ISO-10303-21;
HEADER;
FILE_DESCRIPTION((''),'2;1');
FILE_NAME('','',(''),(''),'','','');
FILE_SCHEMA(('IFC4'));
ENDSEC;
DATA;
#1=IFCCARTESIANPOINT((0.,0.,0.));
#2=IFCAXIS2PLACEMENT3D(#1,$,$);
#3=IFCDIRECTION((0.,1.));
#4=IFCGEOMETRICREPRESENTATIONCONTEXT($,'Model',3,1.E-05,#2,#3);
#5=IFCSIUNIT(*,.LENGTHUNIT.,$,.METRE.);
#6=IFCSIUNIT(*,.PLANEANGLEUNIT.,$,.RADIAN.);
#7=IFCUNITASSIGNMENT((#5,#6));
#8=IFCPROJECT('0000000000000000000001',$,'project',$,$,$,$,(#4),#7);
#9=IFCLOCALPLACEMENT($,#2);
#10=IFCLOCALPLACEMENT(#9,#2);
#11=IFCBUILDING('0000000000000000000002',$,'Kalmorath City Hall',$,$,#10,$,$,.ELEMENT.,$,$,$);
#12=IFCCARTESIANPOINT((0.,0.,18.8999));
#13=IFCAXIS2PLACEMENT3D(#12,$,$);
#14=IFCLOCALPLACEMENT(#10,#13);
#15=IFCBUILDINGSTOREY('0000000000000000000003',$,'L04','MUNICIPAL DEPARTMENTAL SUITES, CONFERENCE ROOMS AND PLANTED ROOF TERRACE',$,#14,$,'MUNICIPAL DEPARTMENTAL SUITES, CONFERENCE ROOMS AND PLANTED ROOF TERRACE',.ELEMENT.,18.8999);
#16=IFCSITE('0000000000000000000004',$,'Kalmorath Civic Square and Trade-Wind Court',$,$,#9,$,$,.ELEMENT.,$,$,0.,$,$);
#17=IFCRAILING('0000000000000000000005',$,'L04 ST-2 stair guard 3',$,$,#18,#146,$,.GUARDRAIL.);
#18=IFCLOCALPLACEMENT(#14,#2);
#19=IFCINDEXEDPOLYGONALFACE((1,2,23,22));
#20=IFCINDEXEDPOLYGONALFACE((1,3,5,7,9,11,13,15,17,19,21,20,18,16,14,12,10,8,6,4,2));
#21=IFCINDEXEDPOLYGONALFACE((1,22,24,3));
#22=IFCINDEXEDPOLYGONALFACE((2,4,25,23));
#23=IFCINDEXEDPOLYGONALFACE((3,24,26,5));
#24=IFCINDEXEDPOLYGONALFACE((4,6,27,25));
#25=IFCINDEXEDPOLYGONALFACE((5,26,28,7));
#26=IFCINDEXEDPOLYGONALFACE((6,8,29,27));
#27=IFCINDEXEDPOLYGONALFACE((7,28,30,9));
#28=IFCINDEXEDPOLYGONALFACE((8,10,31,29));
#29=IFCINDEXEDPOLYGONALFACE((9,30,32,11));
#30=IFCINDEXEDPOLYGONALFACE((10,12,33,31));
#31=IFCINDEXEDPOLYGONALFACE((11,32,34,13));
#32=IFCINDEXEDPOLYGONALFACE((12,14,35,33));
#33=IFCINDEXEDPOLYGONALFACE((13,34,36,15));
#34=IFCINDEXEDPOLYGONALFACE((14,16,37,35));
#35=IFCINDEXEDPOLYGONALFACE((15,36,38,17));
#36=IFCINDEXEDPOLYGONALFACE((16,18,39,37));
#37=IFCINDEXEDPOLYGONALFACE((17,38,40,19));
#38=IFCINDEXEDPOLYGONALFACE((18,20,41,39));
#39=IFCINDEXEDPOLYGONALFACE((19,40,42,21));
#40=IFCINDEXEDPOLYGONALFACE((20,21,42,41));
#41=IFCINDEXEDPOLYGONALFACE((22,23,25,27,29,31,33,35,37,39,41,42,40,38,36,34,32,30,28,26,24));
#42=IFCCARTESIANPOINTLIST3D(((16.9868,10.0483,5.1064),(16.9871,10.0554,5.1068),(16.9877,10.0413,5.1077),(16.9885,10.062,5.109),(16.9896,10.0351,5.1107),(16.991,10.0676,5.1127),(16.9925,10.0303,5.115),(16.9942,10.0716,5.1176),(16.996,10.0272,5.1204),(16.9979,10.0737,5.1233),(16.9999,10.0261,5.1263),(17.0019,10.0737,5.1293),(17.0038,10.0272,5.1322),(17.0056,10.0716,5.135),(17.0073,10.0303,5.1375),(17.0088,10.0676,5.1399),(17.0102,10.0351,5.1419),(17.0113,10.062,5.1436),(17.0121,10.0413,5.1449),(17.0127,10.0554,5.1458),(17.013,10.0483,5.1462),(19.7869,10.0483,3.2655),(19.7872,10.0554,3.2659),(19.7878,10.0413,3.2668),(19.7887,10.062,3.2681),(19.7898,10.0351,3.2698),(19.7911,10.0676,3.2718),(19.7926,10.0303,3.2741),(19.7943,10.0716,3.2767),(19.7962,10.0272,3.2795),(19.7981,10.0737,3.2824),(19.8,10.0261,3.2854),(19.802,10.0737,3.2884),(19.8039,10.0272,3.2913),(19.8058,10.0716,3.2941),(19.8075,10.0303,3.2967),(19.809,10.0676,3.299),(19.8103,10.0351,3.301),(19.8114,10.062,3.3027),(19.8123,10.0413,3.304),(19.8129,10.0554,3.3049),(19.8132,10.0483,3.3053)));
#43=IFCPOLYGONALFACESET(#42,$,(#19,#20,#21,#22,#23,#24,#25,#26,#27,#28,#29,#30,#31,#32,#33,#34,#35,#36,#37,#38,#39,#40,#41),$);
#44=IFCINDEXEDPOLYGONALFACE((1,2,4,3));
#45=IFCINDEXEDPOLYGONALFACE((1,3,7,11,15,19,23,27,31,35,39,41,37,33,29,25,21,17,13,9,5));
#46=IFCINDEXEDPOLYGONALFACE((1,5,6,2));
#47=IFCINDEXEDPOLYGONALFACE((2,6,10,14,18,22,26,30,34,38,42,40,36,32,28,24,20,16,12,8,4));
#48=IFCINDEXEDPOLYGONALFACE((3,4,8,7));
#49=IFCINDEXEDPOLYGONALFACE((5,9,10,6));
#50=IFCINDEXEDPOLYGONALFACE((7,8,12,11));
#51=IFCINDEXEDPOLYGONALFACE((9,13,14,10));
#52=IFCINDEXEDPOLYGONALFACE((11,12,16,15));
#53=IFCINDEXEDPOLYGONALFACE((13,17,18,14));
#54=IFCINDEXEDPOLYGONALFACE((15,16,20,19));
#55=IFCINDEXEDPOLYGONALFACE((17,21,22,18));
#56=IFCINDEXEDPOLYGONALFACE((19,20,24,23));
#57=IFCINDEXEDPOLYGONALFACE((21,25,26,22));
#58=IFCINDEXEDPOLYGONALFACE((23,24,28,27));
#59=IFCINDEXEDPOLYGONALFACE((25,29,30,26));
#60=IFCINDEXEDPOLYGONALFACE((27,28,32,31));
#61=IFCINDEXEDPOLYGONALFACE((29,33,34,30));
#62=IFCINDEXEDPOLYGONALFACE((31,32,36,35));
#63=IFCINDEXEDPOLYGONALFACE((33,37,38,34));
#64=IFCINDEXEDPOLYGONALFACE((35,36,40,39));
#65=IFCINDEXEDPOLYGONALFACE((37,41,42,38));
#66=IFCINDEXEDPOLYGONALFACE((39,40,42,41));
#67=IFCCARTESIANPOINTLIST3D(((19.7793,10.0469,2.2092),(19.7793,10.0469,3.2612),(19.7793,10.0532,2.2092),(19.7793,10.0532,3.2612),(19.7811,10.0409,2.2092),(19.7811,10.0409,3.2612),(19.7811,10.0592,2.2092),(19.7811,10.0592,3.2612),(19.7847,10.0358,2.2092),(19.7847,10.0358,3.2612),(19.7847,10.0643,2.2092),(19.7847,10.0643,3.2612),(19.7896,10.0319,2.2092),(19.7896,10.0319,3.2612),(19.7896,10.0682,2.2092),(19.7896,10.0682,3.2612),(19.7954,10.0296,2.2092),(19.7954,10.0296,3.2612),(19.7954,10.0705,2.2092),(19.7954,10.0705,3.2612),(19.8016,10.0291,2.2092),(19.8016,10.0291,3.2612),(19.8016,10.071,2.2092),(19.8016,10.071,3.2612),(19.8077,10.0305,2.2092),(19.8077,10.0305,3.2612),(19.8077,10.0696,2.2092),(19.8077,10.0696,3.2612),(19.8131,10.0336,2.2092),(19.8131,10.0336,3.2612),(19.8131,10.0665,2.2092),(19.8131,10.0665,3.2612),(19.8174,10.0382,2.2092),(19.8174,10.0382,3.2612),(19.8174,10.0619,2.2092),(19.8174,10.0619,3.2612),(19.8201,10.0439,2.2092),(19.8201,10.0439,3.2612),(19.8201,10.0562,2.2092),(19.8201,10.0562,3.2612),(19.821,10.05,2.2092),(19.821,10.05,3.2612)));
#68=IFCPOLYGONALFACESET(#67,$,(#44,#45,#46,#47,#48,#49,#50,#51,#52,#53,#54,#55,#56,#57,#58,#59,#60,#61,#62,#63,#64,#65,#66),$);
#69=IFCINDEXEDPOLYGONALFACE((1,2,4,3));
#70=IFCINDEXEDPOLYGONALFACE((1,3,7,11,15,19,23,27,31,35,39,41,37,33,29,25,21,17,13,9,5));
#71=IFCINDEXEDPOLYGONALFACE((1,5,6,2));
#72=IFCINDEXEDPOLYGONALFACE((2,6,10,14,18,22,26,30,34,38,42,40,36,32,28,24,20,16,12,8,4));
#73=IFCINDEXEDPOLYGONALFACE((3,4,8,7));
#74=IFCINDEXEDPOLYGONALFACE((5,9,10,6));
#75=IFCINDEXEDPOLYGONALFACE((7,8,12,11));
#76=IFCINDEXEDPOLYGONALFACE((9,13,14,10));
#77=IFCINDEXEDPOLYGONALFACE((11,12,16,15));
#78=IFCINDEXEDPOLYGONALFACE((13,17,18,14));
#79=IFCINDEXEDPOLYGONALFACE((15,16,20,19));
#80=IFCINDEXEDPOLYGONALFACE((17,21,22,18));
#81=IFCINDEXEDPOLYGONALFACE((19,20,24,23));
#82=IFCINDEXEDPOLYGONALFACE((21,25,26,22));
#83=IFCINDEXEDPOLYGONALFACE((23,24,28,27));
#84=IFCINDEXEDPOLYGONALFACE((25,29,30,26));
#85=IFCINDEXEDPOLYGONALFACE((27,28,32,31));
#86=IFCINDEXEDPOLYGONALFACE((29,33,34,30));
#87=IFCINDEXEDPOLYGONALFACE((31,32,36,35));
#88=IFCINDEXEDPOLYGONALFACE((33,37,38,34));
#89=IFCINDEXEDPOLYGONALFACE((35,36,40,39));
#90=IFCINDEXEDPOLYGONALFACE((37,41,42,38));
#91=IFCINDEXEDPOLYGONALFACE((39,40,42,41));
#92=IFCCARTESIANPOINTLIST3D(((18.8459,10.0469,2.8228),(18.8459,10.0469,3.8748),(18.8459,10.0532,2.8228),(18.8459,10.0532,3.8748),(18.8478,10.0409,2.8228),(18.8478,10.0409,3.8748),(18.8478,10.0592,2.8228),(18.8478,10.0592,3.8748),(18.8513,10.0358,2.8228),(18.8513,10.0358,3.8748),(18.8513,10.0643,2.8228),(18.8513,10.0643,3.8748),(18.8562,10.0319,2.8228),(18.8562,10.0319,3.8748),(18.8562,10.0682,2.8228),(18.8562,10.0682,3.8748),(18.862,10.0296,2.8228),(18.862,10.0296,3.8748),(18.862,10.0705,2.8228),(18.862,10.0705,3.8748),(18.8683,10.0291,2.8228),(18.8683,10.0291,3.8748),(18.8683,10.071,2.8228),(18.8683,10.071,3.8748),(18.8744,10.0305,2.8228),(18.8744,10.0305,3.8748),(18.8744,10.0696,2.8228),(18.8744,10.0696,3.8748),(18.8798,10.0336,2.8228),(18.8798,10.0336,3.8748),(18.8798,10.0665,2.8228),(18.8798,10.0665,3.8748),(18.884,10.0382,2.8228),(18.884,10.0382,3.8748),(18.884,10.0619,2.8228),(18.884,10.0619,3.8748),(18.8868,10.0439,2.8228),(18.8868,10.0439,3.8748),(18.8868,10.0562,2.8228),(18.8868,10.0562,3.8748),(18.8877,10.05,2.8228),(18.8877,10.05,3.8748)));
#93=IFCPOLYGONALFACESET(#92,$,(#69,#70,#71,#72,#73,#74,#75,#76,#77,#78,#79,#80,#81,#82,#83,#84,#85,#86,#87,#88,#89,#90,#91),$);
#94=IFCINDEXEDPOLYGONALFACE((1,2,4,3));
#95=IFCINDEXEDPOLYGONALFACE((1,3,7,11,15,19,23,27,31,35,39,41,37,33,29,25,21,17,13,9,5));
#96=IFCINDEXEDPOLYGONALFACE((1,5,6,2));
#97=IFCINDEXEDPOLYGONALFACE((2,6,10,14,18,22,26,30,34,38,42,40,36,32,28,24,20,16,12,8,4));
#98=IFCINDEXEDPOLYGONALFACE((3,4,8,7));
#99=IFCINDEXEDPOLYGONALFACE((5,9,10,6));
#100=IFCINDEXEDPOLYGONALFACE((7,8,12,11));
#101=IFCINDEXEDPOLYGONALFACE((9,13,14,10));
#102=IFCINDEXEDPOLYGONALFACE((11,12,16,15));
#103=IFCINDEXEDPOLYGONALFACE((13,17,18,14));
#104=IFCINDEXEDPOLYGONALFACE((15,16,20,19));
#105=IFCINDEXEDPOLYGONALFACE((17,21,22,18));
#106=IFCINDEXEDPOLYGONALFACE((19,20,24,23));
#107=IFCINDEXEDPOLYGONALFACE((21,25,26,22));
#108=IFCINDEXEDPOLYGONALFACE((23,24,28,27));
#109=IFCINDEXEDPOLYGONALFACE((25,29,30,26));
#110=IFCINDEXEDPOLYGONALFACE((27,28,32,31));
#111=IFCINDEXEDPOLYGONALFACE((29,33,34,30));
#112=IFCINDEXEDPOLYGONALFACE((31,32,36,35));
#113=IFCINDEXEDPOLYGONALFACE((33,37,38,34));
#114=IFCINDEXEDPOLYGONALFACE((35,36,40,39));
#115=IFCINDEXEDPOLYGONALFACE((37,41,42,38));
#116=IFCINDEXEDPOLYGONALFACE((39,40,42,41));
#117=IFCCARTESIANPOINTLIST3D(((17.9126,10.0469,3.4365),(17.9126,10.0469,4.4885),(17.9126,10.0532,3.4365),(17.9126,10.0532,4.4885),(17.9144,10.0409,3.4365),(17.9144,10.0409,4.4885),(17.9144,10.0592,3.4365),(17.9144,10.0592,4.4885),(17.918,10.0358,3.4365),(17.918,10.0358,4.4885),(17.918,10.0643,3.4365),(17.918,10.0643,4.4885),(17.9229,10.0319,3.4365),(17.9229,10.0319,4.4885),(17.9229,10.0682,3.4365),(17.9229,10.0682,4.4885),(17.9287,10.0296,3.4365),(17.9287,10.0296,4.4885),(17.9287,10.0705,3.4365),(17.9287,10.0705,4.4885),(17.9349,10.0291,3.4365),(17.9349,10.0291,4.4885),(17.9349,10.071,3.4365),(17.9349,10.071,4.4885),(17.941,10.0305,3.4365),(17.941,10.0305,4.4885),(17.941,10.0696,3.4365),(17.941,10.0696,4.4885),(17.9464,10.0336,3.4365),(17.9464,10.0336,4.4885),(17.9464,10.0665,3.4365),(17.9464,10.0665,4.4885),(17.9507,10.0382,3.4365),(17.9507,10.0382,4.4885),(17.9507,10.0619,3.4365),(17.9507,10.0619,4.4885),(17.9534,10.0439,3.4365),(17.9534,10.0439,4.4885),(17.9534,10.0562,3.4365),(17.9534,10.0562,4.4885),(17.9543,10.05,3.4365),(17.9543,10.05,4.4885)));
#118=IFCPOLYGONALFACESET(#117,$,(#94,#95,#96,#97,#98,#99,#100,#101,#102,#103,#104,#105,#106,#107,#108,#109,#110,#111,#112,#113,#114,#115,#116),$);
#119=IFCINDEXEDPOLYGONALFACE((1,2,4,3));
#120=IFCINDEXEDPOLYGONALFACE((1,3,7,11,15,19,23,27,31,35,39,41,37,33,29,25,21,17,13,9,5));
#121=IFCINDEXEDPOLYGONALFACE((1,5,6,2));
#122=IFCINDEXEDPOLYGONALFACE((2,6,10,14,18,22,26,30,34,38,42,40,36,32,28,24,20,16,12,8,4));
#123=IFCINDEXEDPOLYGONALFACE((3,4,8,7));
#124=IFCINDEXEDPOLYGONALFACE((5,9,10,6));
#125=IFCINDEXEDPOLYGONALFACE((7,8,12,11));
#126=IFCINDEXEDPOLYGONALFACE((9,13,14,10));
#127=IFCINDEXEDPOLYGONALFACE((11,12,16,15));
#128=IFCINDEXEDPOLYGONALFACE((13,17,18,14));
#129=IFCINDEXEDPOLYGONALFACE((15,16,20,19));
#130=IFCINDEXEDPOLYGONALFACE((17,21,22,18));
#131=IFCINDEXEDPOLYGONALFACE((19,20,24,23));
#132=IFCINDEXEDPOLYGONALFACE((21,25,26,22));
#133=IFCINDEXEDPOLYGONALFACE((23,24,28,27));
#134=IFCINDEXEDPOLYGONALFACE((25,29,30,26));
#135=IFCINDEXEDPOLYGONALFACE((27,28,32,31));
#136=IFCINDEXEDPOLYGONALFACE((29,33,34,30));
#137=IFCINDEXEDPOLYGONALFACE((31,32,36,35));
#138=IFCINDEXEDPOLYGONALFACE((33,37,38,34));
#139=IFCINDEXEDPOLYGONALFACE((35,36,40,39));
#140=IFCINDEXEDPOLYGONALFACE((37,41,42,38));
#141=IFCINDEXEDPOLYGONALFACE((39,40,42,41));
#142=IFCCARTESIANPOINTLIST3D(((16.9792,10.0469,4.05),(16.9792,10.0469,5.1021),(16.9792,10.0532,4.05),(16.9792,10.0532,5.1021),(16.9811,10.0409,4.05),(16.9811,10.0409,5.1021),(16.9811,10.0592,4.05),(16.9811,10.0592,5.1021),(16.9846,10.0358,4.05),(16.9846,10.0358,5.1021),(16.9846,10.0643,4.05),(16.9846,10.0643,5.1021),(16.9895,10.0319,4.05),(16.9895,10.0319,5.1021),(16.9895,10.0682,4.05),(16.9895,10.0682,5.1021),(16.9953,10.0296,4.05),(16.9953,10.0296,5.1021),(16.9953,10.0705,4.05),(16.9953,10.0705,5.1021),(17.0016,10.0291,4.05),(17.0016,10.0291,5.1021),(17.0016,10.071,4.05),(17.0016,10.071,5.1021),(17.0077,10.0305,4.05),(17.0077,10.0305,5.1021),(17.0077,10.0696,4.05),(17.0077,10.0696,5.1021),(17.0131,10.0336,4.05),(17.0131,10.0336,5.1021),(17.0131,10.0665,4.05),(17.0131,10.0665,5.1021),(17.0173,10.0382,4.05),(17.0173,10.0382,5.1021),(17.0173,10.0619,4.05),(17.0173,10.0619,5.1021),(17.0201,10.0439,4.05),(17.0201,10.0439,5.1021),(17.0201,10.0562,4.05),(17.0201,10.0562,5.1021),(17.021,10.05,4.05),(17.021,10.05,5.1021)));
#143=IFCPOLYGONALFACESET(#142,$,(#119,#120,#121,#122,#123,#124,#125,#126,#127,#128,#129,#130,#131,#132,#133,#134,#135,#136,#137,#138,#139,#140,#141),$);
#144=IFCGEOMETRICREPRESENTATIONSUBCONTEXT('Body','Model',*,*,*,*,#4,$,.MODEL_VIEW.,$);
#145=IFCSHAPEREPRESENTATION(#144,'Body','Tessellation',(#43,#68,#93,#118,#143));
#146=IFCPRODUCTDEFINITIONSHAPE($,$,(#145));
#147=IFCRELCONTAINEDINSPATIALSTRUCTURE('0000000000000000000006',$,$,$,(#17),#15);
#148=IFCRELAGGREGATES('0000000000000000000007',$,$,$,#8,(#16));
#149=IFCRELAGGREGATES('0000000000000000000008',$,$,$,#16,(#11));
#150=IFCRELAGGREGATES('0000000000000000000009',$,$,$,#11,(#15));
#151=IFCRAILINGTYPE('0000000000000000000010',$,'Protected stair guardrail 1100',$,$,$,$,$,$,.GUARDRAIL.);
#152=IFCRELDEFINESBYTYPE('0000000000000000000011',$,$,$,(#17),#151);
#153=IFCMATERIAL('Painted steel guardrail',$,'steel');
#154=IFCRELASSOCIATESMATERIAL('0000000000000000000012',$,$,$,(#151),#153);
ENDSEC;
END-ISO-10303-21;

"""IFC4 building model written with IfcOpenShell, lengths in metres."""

from ifc_helpers import new_model, si_unit, direction, frame, origin, origin_2d, place, context, subcontext, project, spatial, circle, extrude, material, type_object, element, save


model = new_model("IFC4")

# Units and contexts
model_context = context("Model", 3, precision=1e-05, world=origin(), true_north=direction((0.0, 1.0)))
body_context = subcontext(model_context, "Body", "Model", "MODEL_VIEW")
ifc_project = project(units=[si_unit("LENGTHUNIT", "METRE"), si_unit("PLANEANGLEUNIT", "RADIAN")], contexts=[model_context])

# Site, building, storey
site_placement = place(None, origin())
site = spatial("IfcSite", under=ifc_project, at=site_placement, Name="Kalmorath Civic Square and Trade-Wind Court", CompositionType="ELEMENT", RefElevation=0.0)
building_placement = place(site_placement, origin())
building = spatial("IfcBuilding", under=site, at=building_placement, Name="Kalmorath City Hall", CompositionType="ELEMENT")
storey_placement = place(building_placement, frame((0.0, 0.0, 18.8999)))
storey = spatial("IfcBuildingStorey", under=building, at=storey_placement, Name="L04", Description="MUNICIPAL DEPARTMENTAL SUITES, CONFERENCE ROOMS AND PLANTED ROOF TERRACE", LongName="MUNICIPAL DEPARTMENTAL SUITES, CONFERENCE ROOMS AND PLANTED ROOF TERRACE", CompositionType="ELEMENT", Elevation=18.8999)

# Railing
ifc_material_1 = material(Name="Painted steel guardrail", Category="steel")
railing_type_1 = type_object("IfcRailingType", Name="Protected stair guardrail 1100", PredefinedType="GUARDRAIL", material=ifc_material_1)
railing_1_placement = place(storey_placement, frame((19.8, 10.05, 2.2092)))
element("IfcRailing", 1, at=railing_1_placement, inside=storey, type_object=railing_type_1, Name="L04 ST-2 stair guard 3", PredefinedType="GUARDRAIL", context=body_context, shape_type="SweptSolid", body=[
    extrude(circle(Radius=0.0239, at=origin_2d()), frame((0.0, 0.0, 1.0762), z_axis=(-0.835598, 0.0, 0.549342), x_axis=(0.0, -1.0, 0.0)), (0.0, 0.0, 1.0), 3.3511),
    extrude(circle(Radius=0.021, at=origin_2d()), origin(), (0.0, 0.0, 1.0), 1.052),
    extrude(circle(Radius=0.021, at=origin_2d()), frame((-0.9333, 0.0, 0.6135)), (0.0, 0.0, 1.0), 1.052),
    extrude(circle(Radius=0.021, at=origin_2d()), frame((-1.8667, 0.0, 1.2273)), (0.0, 0.0, 1.0), 1.052),
    extrude(circle(Radius=0.021, at=origin_2d()), frame((-2.8, 0.0, 1.8408)), (0.0, 0.0, 1.0), 1.052),
])

save(model, "model.ifc")
